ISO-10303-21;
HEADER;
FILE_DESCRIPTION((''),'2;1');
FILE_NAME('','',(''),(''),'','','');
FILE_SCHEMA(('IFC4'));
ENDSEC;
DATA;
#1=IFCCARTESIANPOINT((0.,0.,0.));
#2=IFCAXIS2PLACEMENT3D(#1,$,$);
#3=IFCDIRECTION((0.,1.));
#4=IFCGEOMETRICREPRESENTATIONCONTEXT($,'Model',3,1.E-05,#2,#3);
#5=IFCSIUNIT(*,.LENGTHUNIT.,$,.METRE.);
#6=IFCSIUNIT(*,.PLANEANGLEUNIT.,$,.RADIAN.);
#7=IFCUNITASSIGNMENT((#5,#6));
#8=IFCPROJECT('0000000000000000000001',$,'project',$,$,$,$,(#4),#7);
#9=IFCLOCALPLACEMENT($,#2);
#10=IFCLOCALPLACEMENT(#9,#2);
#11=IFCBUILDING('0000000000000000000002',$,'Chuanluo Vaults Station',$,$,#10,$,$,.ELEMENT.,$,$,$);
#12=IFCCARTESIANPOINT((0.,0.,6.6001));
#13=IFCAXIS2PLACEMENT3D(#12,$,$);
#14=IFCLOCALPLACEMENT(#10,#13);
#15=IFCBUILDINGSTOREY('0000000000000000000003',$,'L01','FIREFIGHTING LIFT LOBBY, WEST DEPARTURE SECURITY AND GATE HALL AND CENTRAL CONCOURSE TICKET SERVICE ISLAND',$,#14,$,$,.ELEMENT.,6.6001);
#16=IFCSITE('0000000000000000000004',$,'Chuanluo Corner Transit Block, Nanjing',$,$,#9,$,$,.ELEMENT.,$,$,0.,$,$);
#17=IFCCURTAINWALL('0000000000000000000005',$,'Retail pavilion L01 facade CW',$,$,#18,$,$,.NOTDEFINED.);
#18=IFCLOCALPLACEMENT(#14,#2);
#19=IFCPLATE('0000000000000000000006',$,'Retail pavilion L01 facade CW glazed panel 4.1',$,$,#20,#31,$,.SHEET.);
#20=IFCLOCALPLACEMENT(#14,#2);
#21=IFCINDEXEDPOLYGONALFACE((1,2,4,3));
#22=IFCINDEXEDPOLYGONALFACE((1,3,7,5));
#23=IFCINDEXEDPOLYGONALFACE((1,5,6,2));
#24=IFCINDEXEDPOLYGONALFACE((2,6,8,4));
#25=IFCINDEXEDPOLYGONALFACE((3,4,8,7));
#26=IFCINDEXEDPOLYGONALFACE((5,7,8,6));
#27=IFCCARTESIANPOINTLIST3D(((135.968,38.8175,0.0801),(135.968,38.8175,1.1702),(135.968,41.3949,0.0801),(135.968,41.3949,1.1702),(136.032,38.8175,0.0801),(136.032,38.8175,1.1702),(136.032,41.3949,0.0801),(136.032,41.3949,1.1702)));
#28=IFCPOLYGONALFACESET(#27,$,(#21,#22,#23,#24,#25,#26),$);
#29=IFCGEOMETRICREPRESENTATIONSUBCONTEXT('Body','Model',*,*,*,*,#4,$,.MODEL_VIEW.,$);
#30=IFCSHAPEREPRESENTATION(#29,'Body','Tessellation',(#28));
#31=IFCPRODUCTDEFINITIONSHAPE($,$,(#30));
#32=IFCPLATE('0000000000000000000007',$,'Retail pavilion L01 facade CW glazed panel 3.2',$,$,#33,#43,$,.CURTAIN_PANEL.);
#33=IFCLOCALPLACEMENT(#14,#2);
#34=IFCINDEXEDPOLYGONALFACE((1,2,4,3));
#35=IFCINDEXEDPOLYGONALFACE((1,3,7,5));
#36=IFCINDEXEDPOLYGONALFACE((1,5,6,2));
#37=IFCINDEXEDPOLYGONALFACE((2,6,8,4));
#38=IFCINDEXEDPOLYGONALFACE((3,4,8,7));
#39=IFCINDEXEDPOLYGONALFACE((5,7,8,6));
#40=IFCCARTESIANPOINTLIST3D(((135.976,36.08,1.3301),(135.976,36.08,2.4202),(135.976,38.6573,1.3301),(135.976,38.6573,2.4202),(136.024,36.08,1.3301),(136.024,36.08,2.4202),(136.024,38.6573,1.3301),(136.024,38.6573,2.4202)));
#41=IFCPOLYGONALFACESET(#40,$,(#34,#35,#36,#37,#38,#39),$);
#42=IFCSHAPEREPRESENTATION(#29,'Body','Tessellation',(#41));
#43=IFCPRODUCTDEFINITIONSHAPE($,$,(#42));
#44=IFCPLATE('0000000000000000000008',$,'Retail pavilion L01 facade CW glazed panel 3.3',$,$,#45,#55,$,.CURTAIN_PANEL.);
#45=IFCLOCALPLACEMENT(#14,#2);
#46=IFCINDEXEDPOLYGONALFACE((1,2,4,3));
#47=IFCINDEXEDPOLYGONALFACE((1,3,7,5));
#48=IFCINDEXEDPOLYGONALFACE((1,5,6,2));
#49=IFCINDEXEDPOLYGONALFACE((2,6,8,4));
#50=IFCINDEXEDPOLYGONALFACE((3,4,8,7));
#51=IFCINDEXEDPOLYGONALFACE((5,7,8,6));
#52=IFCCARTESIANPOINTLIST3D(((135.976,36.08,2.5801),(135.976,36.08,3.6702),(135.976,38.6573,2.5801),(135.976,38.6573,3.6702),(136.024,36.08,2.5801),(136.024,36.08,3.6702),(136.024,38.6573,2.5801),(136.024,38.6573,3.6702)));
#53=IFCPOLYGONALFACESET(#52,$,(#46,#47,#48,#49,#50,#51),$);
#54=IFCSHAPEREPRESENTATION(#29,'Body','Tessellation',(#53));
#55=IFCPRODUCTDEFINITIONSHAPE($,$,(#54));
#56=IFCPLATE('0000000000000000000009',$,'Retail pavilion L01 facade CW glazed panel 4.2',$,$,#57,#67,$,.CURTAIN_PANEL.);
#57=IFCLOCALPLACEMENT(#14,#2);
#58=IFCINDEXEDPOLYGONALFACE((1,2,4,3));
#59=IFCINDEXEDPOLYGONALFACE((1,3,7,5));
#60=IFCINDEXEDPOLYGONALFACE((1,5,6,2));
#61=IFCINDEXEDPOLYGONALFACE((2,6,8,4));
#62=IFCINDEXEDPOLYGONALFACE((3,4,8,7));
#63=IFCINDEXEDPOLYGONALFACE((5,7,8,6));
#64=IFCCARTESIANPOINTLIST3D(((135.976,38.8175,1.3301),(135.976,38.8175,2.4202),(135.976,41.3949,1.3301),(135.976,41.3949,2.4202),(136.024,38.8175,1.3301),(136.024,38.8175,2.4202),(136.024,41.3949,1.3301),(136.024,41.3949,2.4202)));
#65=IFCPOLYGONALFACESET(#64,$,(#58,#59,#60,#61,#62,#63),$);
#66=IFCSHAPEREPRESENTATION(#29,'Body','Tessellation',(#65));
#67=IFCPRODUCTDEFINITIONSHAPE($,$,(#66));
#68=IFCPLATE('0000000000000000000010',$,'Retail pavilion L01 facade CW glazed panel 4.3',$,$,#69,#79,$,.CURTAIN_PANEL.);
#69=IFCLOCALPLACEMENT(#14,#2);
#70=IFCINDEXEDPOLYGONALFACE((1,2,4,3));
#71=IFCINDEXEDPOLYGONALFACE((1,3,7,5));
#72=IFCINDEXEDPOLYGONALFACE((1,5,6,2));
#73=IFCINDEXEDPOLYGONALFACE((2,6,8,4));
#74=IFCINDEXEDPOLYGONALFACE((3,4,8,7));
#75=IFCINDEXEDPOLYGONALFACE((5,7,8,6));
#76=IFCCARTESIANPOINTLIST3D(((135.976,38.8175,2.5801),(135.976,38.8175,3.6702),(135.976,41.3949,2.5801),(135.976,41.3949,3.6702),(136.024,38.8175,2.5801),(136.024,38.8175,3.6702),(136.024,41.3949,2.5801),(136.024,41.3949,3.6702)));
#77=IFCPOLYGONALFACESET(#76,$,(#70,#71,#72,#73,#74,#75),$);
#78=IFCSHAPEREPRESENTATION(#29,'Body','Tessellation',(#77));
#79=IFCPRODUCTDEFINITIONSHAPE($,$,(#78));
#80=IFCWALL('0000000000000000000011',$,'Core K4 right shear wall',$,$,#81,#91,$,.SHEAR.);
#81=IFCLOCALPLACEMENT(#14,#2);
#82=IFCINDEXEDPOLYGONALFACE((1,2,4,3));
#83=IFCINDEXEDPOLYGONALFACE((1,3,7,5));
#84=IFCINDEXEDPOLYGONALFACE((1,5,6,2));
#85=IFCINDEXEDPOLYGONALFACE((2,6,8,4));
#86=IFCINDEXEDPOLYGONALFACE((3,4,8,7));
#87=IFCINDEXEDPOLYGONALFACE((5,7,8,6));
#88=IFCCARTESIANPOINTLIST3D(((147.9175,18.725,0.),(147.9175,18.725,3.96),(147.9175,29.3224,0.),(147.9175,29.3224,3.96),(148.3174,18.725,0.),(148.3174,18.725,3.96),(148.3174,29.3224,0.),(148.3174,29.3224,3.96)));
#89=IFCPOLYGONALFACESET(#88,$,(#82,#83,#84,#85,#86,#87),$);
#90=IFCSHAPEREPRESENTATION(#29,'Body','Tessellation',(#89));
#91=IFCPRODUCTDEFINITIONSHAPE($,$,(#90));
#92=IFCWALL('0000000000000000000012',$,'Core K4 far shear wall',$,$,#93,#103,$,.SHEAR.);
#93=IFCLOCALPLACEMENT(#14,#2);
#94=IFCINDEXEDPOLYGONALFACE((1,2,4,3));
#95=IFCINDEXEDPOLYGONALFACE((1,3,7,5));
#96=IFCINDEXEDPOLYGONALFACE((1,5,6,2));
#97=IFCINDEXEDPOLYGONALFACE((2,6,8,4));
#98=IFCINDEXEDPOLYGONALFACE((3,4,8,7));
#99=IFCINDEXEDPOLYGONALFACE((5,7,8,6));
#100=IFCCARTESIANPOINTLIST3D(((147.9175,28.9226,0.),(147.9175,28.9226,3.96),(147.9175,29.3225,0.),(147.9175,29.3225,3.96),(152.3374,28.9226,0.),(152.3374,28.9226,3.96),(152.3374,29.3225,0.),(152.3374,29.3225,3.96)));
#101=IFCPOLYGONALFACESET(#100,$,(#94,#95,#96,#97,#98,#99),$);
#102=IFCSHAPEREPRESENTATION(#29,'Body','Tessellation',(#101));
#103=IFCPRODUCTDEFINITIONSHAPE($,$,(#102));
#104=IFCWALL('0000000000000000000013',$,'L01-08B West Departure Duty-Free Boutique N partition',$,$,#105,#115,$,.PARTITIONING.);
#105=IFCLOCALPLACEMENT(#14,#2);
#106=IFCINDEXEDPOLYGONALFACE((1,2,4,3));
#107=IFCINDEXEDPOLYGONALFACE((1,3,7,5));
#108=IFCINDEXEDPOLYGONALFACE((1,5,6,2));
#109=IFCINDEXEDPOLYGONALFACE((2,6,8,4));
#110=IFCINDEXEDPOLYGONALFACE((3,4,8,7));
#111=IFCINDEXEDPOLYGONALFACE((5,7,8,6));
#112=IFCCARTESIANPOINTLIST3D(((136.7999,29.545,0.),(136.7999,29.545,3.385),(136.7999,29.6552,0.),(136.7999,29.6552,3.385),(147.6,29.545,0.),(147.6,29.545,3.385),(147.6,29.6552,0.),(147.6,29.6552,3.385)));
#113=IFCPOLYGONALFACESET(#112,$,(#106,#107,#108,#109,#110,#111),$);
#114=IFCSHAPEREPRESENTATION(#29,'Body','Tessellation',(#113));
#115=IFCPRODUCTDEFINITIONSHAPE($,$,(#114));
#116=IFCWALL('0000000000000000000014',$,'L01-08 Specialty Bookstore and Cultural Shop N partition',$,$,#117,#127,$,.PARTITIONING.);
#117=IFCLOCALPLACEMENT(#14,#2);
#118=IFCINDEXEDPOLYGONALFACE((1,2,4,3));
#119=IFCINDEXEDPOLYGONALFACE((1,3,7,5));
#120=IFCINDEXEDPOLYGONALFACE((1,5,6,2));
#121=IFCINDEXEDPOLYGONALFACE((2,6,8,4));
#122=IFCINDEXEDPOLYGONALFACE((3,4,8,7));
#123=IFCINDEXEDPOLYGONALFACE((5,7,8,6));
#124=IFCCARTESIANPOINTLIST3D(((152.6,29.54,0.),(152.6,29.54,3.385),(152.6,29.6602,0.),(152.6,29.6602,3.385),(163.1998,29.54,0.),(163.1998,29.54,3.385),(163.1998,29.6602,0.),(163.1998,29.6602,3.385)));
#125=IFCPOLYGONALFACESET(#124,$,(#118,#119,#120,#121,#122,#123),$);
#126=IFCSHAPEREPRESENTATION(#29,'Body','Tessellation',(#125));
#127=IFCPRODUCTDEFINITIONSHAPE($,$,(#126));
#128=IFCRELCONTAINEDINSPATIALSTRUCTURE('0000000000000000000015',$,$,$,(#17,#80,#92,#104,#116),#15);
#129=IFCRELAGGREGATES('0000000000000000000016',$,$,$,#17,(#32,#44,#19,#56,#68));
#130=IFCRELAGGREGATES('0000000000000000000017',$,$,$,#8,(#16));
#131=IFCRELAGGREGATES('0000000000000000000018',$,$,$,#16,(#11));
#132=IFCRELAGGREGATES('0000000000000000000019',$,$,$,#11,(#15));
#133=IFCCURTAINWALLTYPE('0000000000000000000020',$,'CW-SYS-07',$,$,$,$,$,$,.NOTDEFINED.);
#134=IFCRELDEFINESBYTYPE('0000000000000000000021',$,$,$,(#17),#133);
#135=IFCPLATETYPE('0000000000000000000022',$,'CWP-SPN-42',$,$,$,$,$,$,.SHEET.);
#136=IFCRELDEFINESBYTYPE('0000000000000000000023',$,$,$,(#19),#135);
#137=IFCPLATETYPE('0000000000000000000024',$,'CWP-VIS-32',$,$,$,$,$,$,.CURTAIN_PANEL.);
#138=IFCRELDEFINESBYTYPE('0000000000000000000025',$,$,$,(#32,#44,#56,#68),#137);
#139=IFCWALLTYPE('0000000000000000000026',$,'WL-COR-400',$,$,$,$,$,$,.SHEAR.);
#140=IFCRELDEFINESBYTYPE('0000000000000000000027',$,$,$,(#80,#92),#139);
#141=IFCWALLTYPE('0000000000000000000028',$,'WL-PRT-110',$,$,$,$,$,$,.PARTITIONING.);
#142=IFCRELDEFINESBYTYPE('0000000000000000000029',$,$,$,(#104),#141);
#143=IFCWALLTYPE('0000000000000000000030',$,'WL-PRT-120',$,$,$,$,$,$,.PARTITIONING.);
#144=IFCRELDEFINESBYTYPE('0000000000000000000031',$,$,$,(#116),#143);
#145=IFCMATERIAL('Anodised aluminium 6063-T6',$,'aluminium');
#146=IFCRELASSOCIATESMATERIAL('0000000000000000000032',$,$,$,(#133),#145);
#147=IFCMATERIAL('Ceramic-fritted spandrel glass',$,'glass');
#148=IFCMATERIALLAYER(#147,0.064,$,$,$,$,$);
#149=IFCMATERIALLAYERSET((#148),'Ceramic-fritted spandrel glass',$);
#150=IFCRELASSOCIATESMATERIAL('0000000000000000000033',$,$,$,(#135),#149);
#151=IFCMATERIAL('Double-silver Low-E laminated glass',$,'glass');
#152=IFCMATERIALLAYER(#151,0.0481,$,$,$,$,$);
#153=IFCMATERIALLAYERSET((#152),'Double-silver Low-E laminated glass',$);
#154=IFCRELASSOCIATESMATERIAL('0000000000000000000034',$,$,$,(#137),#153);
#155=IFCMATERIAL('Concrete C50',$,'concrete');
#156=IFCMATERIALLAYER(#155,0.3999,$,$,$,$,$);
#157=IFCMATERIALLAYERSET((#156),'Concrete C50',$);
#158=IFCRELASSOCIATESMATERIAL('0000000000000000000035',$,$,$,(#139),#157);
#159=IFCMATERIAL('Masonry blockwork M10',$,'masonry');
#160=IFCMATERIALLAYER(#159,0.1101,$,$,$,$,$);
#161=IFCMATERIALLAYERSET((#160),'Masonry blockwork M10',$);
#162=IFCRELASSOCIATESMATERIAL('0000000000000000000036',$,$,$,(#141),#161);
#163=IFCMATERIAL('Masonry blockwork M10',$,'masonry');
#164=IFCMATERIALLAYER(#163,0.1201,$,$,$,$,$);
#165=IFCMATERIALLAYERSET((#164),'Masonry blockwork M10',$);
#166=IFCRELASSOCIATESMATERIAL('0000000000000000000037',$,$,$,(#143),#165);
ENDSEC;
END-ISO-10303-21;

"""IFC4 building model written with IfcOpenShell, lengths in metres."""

from ifc_helpers import new_model, si_unit, direction, frame, frame_2d, origin, origin_2d, place, context, subcontext, project, spatial, rectangle, extrude, material, layer, layer_set, type_object, element, aggregate, save


model = new_model("IFC4")

# Units and contexts
model_context = context("Model", 3, precision=1e-05, world=origin(), true_north=direction((0.0, 1.0)))
body_context = subcontext(model_context, "Body", "Model", "MODEL_VIEW")
ifc_project = project(units=[si_unit("LENGTHUNIT", "METRE"), si_unit("PLANEANGLEUNIT", "RADIAN")], contexts=[model_context])

# Site, building, storey
site_placement = place(None, origin())
site = spatial("IfcSite", under=ifc_project, at=site_placement, Name="Chuanluo Corner Transit Block, Nanjing", CompositionType="ELEMENT", RefElevation=0.0)
building_placement = place(site_placement, origin())
building = spatial("IfcBuilding", under=site, at=building_placement, Name="Chuanluo Vaults Station", CompositionType="ELEMENT")
storey_placement = place(building_placement, frame((0.0, 0.0, 6.6001)))
storey = spatial("IfcBuildingStorey", under=building, at=storey_placement, Name="L01", Description="FIREFIGHTING LIFT LOBBY, WEST DEPARTURE SECURITY AND GATE HALL AND CENTRAL CONCOURSE TICKET SERVICE ISLAND", CompositionType="ELEMENT", Elevation=6.6001)

# Curtain wall, plates
ifc_material_1 = material(Name="Anodised aluminium 6063-T6", Category="aluminium")
curtain_wall_type = type_object("IfcCurtainWallType", Name="CW-SYS-07", PredefinedType="NOTDEFINED", material=ifc_material_1)
curtain_wall_placement = place(storey_placement, origin())
curtain_wall = element("IfcCurtainWall", 1, at=curtain_wall_placement, inside=storey, type_object=curtain_wall_type, Name="Retail pavilion L01 facade CW", PredefinedType="NOTDEFINED")
ifc_material_2 = material(Name="Ceramic-fritted spandrel glass", Category="glass")
ifc_layer_1 = layer(ifc_material_2, 0.064)
ifc_layer_set_1 = layer_set([ifc_layer_1], Name="Ceramic-fritted spandrel glass")
plate_type_1 = type_object("IfcPlateType", Name="CWP-SPN-42", PredefinedType="SHEET", material=ifc_layer_set_1)
plate_1_placement = place(storey_placement, frame((136.0, 40.1062, 0.0801), z_axis=(0.0, 0.0, 1.0), x_axis=(0.0, 1.0, 0.0)))
plate_1 = element("IfcPlate", 2, at=plate_1_placement, type_object=plate_type_1, Name="Retail pavilion L01 facade CW glazed panel 4.1", PredefinedType="SHEET", context=body_context, shape_type="SweptSolid", body=[
    extrude(rectangle(XDim=2.5774, YDim=0.064, at=origin_2d()), origin(), (0.0, 0.0, 1.0), 1.0901),
])
ifc_material_3 = material(Name="Double-silver Low-E laminated glass", Category="glass")
ifc_layer_2 = layer(ifc_material_3, 0.0481)
ifc_layer_set_2 = layer_set([ifc_layer_2], Name="Double-silver Low-E laminated glass")
plate_type_2 = type_object("IfcPlateType", Name="CWP-VIS-32", PredefinedType="CURTAIN_PANEL", material=ifc_layer_set_2)
plate_2_placement = place(storey_placement, frame((136.0, 37.3687, 1.3301), z_axis=(0.0, 0.0, 1.0), x_axis=(0.0, 1.0, 0.0)))
plate_2 = element("IfcPlate", 3, at=plate_2_placement, type_object=plate_type_2, Name="Retail pavilion L01 facade CW glazed panel 3.2", PredefinedType="CURTAIN_PANEL", context=body_context, shape_type="SweptSolid", body=[
    extrude(rectangle(XDim=2.5774, YDim=0.0481, at=origin_2d()), origin(), (0.0, 0.0, 1.0), 1.0901),
])
plate_3_placement = place(storey_placement, frame((136.0, 37.3687, 2.5801), z_axis=(0.0, 0.0, 1.0), x_axis=(0.0, 1.0, 0.0)))
plate_3 = element("IfcPlate", 4, at=plate_3_placement, type_object=plate_type_2, Name="Retail pavilion L01 facade CW glazed panel 3.3", PredefinedType="CURTAIN_PANEL", context=body_context, shape_type="SweptSolid", body=[
    extrude(rectangle(XDim=2.5774, YDim=0.0481, at=origin_2d()), origin(), (0.0, 0.0, 1.0), 1.0901),
])
plate_4_placement = place(storey_placement, frame((136.0, 40.1062, 1.3301), z_axis=(0.0, 0.0, 1.0), x_axis=(0.0, 1.0, 0.0)))
plate_4 = element("IfcPlate", 5, at=plate_4_placement, type_object=plate_type_2, Name="Retail pavilion L01 facade CW glazed panel 4.2", PredefinedType="CURTAIN_PANEL", context=body_context, shape_type="SweptSolid", body=[
    extrude(rectangle(XDim=2.5774, YDim=0.0481, at=origin_2d()), origin(), (0.0, 0.0, 1.0), 1.0901),
])
plate_5_placement = place(storey_placement, frame((136.0, 40.1062, 2.5801), z_axis=(0.0, 0.0, 1.0), x_axis=(0.0, 1.0, 0.0)))
plate_5 = element("IfcPlate", 6, at=plate_5_placement, type_object=plate_type_2, Name="Retail pavilion L01 facade CW glazed panel 4.3", PredefinedType="CURTAIN_PANEL", context=body_context, shape_type="SweptSolid", body=[
    extrude(rectangle(XDim=2.5774, YDim=0.0481, at=origin_2d()), origin(), (0.0, 0.0, 1.0), 1.0901),
])
aggregate(curtain_wall, [plate_2, plate_3, plate_1, plate_4, plate_5])

# Walls
ifc_material_4 = material(Name="Concrete C50", Category="concrete")
ifc_layer_3 = layer(ifc_material_4, 0.3999)
ifc_layer_set_3 = layer_set([ifc_layer_3], Name="Concrete C50")
wall_type_1 = type_object("IfcWallType", Name="WL-COR-400", PredefinedType="SHEAR", material=ifc_layer_set_3)
wall_1_placement = place(storey_placement, frame((148.1174, 29.3225, 0.0), z_axis=(0.0, 0.0, 1.0), x_axis=(0.0, -1.0, 0.0)))
element("IfcWall", 7, at=wall_1_placement, inside=storey, type_object=wall_type_1, Name="Core K4 right shear wall", PredefinedType="SHEAR", context=body_context, shape_type="SweptSolid", body=[
    extrude(rectangle(XDim=10.5974, YDim=0.3999, at=frame_2d((5.2988, 0.0))), origin(), (0.0, 0.0, 1.0), 3.96),
])
wall_2_placement = place(storey_placement, frame((152.3374, 29.1226, 0.0), z_axis=(0.0, 0.0, 1.0), x_axis=(-1.0, 0.0, 0.0)))
element("IfcWall", 8, at=wall_2_placement, inside=storey, type_object=wall_type_1, Name="Core K4 far shear wall", PredefinedType="SHEAR", context=body_context, shape_type="SweptSolid", body=[
    extrude(rectangle(XDim=4.4199, YDim=0.3999, at=frame_2d((2.21, 0.0))), origin(), (0.0, 0.0, 1.0), 3.96),
])
ifc_material_5 = material(Name="Masonry blockwork M10", Category="masonry")
ifc_layer_4 = layer(ifc_material_5, 0.1101)
ifc_layer_set_4 = layer_set([ifc_layer_4], Name="Masonry blockwork M10")
wall_type_2 = type_object("IfcWallType", Name="WL-PRT-110", PredefinedType="PARTITIONING", material=ifc_layer_set_4)
wall_3_placement = place(storey_placement, frame((136.8, 29.6001, 0.0), z_axis=(0.0, 0.0, 1.0), x_axis=(1.0, 0.0, 0.0)))
element("IfcWall", 9, at=wall_3_placement, inside=storey, type_object=wall_type_2, Name="L01-08B West Departure Duty-Free Boutique N partition", PredefinedType="PARTITIONING", context=body_context, shape_type="SweptSolid", body=[
    extrude(rectangle(XDim=10.8, YDim=0.1101, at=frame_2d((5.3999, 0.0))), origin(), (0.0, 0.0, 1.0), 3.385),
])
ifc_material_6 = material(Name="Masonry blockwork M10", Category="masonry")
ifc_layer_5 = layer(ifc_material_6, 0.1201)
ifc_layer_set_5 = layer_set([ifc_layer_5], Name="Masonry blockwork M10")
wall_type_3 = type_object("IfcWallType", Name="WL-PRT-120", PredefinedType="PARTITIONING", material=ifc_layer_set_5)
wall_4_placement = place(storey_placement, frame((152.6001, 29.6001, 0.0), z_axis=(0.0, 0.0, 1.0), x_axis=(1.0, 0.0, 0.0)))
element("IfcWall", 10, at=wall_4_placement, inside=storey, type_object=wall_type_3, Name="L01-08 Specialty Bookstore and Cultural Shop N partition", PredefinedType="PARTITIONING", context=body_context, shape_type="SweptSolid", body=[
    extrude(rectangle(XDim=10.5999, YDim=0.1201, at=frame_2d((5.2998, 0.0))), origin(), (0.0, 0.0, 1.0), 3.385),
])

save(model, "model.ifc")
